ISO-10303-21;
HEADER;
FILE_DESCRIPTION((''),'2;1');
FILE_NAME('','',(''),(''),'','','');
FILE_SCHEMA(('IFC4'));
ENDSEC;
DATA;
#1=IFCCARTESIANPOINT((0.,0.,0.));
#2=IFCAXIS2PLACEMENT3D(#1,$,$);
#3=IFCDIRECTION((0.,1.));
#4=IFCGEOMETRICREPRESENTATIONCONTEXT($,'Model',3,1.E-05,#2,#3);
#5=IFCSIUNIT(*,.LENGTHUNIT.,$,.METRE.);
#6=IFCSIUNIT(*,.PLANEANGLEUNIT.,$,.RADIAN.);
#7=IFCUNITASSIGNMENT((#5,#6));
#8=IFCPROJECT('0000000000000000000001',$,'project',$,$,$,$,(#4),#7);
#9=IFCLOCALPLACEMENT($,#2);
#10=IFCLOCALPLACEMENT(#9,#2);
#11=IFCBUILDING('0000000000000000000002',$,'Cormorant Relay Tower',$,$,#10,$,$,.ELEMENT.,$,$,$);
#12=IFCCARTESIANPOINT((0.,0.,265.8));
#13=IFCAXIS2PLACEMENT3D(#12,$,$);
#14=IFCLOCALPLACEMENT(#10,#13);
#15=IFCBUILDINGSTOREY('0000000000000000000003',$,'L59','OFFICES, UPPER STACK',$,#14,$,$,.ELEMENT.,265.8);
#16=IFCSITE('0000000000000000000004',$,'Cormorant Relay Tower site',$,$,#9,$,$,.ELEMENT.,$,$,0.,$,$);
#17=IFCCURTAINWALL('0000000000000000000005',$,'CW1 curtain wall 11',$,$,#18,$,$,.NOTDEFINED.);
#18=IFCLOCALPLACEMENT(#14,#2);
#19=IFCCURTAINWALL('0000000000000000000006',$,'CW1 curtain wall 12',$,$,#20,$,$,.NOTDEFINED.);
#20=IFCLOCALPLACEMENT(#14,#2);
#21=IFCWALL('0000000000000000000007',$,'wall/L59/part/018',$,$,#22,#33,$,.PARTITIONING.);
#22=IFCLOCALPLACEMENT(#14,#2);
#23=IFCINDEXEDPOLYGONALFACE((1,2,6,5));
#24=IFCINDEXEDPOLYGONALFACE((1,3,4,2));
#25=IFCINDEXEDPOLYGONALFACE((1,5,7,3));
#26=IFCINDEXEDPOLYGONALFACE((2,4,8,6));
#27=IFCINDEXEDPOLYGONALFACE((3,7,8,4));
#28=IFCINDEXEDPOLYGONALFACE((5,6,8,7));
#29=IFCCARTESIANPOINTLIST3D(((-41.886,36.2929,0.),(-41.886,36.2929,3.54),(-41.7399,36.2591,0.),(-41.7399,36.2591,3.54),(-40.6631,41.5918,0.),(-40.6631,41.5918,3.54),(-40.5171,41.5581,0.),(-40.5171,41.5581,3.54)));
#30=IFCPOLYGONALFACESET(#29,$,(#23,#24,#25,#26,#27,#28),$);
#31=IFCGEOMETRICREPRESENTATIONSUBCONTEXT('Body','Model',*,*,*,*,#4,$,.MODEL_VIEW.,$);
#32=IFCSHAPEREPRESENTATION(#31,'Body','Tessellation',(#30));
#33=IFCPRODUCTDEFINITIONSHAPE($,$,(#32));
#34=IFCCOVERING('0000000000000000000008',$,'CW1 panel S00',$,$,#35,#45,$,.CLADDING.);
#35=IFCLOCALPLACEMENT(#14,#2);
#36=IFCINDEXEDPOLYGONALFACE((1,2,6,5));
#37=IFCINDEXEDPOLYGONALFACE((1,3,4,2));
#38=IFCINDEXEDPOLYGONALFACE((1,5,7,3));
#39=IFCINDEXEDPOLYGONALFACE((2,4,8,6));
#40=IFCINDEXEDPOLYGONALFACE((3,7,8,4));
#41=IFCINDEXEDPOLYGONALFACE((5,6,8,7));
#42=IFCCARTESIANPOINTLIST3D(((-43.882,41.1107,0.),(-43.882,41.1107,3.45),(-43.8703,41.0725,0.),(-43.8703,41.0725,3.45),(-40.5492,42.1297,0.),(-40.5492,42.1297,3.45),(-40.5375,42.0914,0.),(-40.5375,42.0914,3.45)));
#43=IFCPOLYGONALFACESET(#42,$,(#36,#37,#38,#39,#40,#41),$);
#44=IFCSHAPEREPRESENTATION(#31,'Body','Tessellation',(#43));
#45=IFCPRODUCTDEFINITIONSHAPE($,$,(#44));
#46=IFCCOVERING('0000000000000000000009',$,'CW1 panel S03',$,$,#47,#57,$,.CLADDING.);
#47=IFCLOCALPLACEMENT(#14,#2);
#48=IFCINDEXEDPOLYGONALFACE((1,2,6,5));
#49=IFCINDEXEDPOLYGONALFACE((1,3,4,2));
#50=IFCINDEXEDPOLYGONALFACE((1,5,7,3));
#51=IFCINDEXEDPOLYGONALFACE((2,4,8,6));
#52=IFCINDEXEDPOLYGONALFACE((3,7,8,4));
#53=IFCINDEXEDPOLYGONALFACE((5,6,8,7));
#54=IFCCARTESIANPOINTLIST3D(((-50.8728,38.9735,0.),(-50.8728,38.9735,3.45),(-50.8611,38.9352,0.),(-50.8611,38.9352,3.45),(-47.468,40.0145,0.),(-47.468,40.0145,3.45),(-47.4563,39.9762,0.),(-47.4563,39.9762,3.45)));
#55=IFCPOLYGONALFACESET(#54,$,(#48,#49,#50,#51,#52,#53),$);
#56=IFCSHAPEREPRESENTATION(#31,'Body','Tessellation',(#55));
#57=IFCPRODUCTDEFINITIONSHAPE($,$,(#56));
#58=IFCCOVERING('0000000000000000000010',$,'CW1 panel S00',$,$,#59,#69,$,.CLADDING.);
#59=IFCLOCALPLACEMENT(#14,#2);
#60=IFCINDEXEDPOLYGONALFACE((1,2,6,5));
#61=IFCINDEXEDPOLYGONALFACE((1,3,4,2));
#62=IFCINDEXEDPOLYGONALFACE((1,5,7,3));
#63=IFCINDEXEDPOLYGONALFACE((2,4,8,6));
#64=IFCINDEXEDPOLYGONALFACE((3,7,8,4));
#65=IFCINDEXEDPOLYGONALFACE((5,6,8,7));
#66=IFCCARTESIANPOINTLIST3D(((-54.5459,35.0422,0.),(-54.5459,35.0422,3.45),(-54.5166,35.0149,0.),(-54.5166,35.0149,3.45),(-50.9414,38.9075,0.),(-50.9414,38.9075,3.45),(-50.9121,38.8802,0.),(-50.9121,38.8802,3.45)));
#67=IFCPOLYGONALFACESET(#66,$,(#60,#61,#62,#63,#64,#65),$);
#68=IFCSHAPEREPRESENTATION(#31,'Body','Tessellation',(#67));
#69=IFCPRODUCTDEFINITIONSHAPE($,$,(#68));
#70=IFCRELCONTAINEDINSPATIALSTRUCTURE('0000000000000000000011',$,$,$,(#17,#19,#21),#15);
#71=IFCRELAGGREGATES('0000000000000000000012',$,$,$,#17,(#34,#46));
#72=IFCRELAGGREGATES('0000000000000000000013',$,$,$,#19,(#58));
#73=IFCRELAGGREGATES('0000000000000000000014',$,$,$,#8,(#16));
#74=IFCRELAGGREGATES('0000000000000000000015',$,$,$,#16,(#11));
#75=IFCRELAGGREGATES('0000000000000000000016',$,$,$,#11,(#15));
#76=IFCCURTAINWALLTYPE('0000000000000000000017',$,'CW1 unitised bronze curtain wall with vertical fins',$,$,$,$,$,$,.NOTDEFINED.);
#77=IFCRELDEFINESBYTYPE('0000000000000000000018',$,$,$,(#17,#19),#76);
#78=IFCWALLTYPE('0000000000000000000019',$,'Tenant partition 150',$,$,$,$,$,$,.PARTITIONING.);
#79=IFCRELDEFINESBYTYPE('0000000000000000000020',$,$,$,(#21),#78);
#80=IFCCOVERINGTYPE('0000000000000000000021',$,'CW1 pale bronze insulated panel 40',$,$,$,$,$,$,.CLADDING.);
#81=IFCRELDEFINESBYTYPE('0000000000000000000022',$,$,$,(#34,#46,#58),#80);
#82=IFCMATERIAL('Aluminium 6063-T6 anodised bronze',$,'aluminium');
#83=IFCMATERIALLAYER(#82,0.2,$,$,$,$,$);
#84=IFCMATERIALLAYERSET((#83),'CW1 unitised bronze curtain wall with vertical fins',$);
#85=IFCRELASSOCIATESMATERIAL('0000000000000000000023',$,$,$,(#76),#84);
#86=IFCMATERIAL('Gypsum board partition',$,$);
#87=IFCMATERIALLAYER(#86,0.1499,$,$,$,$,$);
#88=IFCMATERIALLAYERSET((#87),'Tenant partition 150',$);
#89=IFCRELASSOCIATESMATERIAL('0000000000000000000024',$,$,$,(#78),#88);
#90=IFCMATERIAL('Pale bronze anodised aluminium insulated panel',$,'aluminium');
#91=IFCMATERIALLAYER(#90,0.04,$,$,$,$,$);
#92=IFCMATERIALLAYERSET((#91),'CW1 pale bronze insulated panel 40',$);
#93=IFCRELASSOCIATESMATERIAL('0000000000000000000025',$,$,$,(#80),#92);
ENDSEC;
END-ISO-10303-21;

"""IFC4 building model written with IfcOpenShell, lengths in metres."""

from ifc_helpers import new_model, si_unit, direction, frame, frame_2d, origin, origin_2d, place, context, subcontext, project, spatial, rectangle, extrude, material, layer, layer_set, type_object, element, aggregate, save


model = new_model("IFC4")

# Units and contexts
model_context = context("Model", 3, precision=1e-05, world=origin(), true_north=direction((0.0, 1.0)))
body_context = subcontext(model_context, "Body", "Model", "MODEL_VIEW")
ifc_project = project(units=[si_unit("LENGTHUNIT", "METRE"), si_unit("PLANEANGLEUNIT", "RADIAN")], contexts=[model_context])

# Site, building, storey
site_placement = place(None, origin())
site = spatial("IfcSite", under=ifc_project, at=site_placement, Name="Cormorant Relay Tower site", CompositionType="ELEMENT", RefElevation=0.0)
building_placement = place(site_placement, origin())
building = spatial("IfcBuilding", under=site, at=building_placement, Name="Cormorant Relay Tower", CompositionType="ELEMENT")
storey_placement = place(building_placement, frame((0.0, 0.0, 265.8)))
storey = spatial("IfcBuildingStorey", under=building, at=storey_placement, Name="L59", Description="OFFICES, UPPER STACK", CompositionType="ELEMENT", Elevation=265.8)

# Curtain walls
ifc_material_1 = material(Name="Aluminium 6063-T6 anodised bronze", Category="aluminium")
ifc_layer_1 = layer(ifc_material_1, 0.2)
ifc_layer_set_1 = layer_set([ifc_layer_1], Name="CW1 unitised bronze curtain wall with vertical fins")
curtain_wall_type = type_object("IfcCurtainWallType", Name="CW1 unitised bronze curtain wall with vertical fins", PredefinedType="NOTDEFINED", material=ifc_layer_set_1)
curtain_wall_1_placement = place(storey_placement, origin())
curtain_wall_1 = element("IfcCurtainWall", 1, at=curtain_wall_1_placement, inside=storey, type_object=curtain_wall_type, Name="CW1 curtain wall 11", PredefinedType="NOTDEFINED")
curtain_wall_2_placement = place(storey_placement, origin())
curtain_wall_2 = element("IfcCurtainWall", 2, at=curtain_wall_2_placement, inside=storey, type_object=curtain_wall_type, Name="CW1 curtain wall 12", PredefinedType="NOTDEFINED")

# Wall
ifc_material_2 = material(Name="Gypsum board partition")
ifc_layer_2 = layer(ifc_material_2, 0.1499)
ifc_layer_set_2 = layer_set([ifc_layer_2], Name="Tenant partition 150")
wall_type_1 = type_object("IfcWallType", Name="Tenant partition 150", PredefinedType="PARTITIONING", material=ifc_layer_set_2)
wall_1_placement = place(storey_placement, frame((-41.813, 36.2759, 0.0), z_axis=(0.0, 0.0, 1.0), x_axis=(0.224866, 0.97439, 0.0)))
element("IfcWall", 3, at=wall_1_placement, inside=storey, type_object=wall_type_1, Name="wall/L59/part/018", PredefinedType="PARTITIONING", context=body_context, shape_type="SweptSolid", body=[
    extrude(rectangle(XDim=5.4382, YDim=0.1499, at=frame_2d((2.7192, 0.0))), origin(), (0.0, 0.0, 1.0), 3.54),
])

# Coverings
ifc_material_3 = material(Name="Pale bronze anodised aluminium insulated panel", Category="aluminium")
ifc_layer_3 = layer(ifc_material_3, 0.04)
ifc_layer_set_3 = layer_set([ifc_layer_3], Name="CW1 pale bronze insulated panel 40")
covering_type = type_object("IfcCoveringType", Name="CW1 pale bronze insulated panel 40", PredefinedType="CLADDING", material=ifc_layer_set_3)
covering_1_placement = place(storey_placement, frame((-42.2097, 41.6011, 0.0), z_axis=(0.0, 0.0, 1.0), x_axis=(-0.956305, -0.292372, 0.0)))
covering_1 = element("IfcCovering", 4, at=covering_1_placement, type_object=covering_type, Name="CW1 panel S00", PredefinedType="CLADDING", context=body_context, shape_type="SweptSolid", body=[
    extrude(rectangle(XDim=3.4851, YDim=0.04, at=origin_2d()), origin(), (0.0, 0.0, 1.0), 3.45),
])
covering_2_placement = place(storey_placement, frame((-49.1646, 39.4749, 0.0), z_axis=(0.0, 0.0, 1.0), x_axis=(-0.956305, -0.292372, 0.0)))
covering_2 = element("IfcCovering", 5, at=covering_2_placement, type_object=covering_type, Name="CW1 panel S03", PredefinedType="CLADDING", context=body_context, shape_type="SweptSolid", body=[
    extrude(rectangle(XDim=3.5603, YDim=0.04, at=origin_2d()), origin(), (0.0, 0.0, 1.0), 3.45),
])
aggregate(curtain_wall_1, [covering_1, covering_2])
covering_3_placement = place(storey_placement, frame((-52.729, 36.9612, 0.0), z_axis=(0.0, 0.0, 1.0), x_axis=(-0.681998, -0.731354, 0.0)))
covering_3 = element("IfcCovering", 6, at=covering_3_placement, type_object=covering_type, Name="CW1 panel S00", PredefinedType="CLADDING", context=body_context, shape_type="SweptSolid", body=[
    extrude(rectangle(XDim=5.2852, YDim=0.04, at=origin_2d()), origin(), (0.0, 0.0, 1.0), 3.45),
])
aggregate(curtain_wall_2, [covering_3])

save(model, "model.ifc")
